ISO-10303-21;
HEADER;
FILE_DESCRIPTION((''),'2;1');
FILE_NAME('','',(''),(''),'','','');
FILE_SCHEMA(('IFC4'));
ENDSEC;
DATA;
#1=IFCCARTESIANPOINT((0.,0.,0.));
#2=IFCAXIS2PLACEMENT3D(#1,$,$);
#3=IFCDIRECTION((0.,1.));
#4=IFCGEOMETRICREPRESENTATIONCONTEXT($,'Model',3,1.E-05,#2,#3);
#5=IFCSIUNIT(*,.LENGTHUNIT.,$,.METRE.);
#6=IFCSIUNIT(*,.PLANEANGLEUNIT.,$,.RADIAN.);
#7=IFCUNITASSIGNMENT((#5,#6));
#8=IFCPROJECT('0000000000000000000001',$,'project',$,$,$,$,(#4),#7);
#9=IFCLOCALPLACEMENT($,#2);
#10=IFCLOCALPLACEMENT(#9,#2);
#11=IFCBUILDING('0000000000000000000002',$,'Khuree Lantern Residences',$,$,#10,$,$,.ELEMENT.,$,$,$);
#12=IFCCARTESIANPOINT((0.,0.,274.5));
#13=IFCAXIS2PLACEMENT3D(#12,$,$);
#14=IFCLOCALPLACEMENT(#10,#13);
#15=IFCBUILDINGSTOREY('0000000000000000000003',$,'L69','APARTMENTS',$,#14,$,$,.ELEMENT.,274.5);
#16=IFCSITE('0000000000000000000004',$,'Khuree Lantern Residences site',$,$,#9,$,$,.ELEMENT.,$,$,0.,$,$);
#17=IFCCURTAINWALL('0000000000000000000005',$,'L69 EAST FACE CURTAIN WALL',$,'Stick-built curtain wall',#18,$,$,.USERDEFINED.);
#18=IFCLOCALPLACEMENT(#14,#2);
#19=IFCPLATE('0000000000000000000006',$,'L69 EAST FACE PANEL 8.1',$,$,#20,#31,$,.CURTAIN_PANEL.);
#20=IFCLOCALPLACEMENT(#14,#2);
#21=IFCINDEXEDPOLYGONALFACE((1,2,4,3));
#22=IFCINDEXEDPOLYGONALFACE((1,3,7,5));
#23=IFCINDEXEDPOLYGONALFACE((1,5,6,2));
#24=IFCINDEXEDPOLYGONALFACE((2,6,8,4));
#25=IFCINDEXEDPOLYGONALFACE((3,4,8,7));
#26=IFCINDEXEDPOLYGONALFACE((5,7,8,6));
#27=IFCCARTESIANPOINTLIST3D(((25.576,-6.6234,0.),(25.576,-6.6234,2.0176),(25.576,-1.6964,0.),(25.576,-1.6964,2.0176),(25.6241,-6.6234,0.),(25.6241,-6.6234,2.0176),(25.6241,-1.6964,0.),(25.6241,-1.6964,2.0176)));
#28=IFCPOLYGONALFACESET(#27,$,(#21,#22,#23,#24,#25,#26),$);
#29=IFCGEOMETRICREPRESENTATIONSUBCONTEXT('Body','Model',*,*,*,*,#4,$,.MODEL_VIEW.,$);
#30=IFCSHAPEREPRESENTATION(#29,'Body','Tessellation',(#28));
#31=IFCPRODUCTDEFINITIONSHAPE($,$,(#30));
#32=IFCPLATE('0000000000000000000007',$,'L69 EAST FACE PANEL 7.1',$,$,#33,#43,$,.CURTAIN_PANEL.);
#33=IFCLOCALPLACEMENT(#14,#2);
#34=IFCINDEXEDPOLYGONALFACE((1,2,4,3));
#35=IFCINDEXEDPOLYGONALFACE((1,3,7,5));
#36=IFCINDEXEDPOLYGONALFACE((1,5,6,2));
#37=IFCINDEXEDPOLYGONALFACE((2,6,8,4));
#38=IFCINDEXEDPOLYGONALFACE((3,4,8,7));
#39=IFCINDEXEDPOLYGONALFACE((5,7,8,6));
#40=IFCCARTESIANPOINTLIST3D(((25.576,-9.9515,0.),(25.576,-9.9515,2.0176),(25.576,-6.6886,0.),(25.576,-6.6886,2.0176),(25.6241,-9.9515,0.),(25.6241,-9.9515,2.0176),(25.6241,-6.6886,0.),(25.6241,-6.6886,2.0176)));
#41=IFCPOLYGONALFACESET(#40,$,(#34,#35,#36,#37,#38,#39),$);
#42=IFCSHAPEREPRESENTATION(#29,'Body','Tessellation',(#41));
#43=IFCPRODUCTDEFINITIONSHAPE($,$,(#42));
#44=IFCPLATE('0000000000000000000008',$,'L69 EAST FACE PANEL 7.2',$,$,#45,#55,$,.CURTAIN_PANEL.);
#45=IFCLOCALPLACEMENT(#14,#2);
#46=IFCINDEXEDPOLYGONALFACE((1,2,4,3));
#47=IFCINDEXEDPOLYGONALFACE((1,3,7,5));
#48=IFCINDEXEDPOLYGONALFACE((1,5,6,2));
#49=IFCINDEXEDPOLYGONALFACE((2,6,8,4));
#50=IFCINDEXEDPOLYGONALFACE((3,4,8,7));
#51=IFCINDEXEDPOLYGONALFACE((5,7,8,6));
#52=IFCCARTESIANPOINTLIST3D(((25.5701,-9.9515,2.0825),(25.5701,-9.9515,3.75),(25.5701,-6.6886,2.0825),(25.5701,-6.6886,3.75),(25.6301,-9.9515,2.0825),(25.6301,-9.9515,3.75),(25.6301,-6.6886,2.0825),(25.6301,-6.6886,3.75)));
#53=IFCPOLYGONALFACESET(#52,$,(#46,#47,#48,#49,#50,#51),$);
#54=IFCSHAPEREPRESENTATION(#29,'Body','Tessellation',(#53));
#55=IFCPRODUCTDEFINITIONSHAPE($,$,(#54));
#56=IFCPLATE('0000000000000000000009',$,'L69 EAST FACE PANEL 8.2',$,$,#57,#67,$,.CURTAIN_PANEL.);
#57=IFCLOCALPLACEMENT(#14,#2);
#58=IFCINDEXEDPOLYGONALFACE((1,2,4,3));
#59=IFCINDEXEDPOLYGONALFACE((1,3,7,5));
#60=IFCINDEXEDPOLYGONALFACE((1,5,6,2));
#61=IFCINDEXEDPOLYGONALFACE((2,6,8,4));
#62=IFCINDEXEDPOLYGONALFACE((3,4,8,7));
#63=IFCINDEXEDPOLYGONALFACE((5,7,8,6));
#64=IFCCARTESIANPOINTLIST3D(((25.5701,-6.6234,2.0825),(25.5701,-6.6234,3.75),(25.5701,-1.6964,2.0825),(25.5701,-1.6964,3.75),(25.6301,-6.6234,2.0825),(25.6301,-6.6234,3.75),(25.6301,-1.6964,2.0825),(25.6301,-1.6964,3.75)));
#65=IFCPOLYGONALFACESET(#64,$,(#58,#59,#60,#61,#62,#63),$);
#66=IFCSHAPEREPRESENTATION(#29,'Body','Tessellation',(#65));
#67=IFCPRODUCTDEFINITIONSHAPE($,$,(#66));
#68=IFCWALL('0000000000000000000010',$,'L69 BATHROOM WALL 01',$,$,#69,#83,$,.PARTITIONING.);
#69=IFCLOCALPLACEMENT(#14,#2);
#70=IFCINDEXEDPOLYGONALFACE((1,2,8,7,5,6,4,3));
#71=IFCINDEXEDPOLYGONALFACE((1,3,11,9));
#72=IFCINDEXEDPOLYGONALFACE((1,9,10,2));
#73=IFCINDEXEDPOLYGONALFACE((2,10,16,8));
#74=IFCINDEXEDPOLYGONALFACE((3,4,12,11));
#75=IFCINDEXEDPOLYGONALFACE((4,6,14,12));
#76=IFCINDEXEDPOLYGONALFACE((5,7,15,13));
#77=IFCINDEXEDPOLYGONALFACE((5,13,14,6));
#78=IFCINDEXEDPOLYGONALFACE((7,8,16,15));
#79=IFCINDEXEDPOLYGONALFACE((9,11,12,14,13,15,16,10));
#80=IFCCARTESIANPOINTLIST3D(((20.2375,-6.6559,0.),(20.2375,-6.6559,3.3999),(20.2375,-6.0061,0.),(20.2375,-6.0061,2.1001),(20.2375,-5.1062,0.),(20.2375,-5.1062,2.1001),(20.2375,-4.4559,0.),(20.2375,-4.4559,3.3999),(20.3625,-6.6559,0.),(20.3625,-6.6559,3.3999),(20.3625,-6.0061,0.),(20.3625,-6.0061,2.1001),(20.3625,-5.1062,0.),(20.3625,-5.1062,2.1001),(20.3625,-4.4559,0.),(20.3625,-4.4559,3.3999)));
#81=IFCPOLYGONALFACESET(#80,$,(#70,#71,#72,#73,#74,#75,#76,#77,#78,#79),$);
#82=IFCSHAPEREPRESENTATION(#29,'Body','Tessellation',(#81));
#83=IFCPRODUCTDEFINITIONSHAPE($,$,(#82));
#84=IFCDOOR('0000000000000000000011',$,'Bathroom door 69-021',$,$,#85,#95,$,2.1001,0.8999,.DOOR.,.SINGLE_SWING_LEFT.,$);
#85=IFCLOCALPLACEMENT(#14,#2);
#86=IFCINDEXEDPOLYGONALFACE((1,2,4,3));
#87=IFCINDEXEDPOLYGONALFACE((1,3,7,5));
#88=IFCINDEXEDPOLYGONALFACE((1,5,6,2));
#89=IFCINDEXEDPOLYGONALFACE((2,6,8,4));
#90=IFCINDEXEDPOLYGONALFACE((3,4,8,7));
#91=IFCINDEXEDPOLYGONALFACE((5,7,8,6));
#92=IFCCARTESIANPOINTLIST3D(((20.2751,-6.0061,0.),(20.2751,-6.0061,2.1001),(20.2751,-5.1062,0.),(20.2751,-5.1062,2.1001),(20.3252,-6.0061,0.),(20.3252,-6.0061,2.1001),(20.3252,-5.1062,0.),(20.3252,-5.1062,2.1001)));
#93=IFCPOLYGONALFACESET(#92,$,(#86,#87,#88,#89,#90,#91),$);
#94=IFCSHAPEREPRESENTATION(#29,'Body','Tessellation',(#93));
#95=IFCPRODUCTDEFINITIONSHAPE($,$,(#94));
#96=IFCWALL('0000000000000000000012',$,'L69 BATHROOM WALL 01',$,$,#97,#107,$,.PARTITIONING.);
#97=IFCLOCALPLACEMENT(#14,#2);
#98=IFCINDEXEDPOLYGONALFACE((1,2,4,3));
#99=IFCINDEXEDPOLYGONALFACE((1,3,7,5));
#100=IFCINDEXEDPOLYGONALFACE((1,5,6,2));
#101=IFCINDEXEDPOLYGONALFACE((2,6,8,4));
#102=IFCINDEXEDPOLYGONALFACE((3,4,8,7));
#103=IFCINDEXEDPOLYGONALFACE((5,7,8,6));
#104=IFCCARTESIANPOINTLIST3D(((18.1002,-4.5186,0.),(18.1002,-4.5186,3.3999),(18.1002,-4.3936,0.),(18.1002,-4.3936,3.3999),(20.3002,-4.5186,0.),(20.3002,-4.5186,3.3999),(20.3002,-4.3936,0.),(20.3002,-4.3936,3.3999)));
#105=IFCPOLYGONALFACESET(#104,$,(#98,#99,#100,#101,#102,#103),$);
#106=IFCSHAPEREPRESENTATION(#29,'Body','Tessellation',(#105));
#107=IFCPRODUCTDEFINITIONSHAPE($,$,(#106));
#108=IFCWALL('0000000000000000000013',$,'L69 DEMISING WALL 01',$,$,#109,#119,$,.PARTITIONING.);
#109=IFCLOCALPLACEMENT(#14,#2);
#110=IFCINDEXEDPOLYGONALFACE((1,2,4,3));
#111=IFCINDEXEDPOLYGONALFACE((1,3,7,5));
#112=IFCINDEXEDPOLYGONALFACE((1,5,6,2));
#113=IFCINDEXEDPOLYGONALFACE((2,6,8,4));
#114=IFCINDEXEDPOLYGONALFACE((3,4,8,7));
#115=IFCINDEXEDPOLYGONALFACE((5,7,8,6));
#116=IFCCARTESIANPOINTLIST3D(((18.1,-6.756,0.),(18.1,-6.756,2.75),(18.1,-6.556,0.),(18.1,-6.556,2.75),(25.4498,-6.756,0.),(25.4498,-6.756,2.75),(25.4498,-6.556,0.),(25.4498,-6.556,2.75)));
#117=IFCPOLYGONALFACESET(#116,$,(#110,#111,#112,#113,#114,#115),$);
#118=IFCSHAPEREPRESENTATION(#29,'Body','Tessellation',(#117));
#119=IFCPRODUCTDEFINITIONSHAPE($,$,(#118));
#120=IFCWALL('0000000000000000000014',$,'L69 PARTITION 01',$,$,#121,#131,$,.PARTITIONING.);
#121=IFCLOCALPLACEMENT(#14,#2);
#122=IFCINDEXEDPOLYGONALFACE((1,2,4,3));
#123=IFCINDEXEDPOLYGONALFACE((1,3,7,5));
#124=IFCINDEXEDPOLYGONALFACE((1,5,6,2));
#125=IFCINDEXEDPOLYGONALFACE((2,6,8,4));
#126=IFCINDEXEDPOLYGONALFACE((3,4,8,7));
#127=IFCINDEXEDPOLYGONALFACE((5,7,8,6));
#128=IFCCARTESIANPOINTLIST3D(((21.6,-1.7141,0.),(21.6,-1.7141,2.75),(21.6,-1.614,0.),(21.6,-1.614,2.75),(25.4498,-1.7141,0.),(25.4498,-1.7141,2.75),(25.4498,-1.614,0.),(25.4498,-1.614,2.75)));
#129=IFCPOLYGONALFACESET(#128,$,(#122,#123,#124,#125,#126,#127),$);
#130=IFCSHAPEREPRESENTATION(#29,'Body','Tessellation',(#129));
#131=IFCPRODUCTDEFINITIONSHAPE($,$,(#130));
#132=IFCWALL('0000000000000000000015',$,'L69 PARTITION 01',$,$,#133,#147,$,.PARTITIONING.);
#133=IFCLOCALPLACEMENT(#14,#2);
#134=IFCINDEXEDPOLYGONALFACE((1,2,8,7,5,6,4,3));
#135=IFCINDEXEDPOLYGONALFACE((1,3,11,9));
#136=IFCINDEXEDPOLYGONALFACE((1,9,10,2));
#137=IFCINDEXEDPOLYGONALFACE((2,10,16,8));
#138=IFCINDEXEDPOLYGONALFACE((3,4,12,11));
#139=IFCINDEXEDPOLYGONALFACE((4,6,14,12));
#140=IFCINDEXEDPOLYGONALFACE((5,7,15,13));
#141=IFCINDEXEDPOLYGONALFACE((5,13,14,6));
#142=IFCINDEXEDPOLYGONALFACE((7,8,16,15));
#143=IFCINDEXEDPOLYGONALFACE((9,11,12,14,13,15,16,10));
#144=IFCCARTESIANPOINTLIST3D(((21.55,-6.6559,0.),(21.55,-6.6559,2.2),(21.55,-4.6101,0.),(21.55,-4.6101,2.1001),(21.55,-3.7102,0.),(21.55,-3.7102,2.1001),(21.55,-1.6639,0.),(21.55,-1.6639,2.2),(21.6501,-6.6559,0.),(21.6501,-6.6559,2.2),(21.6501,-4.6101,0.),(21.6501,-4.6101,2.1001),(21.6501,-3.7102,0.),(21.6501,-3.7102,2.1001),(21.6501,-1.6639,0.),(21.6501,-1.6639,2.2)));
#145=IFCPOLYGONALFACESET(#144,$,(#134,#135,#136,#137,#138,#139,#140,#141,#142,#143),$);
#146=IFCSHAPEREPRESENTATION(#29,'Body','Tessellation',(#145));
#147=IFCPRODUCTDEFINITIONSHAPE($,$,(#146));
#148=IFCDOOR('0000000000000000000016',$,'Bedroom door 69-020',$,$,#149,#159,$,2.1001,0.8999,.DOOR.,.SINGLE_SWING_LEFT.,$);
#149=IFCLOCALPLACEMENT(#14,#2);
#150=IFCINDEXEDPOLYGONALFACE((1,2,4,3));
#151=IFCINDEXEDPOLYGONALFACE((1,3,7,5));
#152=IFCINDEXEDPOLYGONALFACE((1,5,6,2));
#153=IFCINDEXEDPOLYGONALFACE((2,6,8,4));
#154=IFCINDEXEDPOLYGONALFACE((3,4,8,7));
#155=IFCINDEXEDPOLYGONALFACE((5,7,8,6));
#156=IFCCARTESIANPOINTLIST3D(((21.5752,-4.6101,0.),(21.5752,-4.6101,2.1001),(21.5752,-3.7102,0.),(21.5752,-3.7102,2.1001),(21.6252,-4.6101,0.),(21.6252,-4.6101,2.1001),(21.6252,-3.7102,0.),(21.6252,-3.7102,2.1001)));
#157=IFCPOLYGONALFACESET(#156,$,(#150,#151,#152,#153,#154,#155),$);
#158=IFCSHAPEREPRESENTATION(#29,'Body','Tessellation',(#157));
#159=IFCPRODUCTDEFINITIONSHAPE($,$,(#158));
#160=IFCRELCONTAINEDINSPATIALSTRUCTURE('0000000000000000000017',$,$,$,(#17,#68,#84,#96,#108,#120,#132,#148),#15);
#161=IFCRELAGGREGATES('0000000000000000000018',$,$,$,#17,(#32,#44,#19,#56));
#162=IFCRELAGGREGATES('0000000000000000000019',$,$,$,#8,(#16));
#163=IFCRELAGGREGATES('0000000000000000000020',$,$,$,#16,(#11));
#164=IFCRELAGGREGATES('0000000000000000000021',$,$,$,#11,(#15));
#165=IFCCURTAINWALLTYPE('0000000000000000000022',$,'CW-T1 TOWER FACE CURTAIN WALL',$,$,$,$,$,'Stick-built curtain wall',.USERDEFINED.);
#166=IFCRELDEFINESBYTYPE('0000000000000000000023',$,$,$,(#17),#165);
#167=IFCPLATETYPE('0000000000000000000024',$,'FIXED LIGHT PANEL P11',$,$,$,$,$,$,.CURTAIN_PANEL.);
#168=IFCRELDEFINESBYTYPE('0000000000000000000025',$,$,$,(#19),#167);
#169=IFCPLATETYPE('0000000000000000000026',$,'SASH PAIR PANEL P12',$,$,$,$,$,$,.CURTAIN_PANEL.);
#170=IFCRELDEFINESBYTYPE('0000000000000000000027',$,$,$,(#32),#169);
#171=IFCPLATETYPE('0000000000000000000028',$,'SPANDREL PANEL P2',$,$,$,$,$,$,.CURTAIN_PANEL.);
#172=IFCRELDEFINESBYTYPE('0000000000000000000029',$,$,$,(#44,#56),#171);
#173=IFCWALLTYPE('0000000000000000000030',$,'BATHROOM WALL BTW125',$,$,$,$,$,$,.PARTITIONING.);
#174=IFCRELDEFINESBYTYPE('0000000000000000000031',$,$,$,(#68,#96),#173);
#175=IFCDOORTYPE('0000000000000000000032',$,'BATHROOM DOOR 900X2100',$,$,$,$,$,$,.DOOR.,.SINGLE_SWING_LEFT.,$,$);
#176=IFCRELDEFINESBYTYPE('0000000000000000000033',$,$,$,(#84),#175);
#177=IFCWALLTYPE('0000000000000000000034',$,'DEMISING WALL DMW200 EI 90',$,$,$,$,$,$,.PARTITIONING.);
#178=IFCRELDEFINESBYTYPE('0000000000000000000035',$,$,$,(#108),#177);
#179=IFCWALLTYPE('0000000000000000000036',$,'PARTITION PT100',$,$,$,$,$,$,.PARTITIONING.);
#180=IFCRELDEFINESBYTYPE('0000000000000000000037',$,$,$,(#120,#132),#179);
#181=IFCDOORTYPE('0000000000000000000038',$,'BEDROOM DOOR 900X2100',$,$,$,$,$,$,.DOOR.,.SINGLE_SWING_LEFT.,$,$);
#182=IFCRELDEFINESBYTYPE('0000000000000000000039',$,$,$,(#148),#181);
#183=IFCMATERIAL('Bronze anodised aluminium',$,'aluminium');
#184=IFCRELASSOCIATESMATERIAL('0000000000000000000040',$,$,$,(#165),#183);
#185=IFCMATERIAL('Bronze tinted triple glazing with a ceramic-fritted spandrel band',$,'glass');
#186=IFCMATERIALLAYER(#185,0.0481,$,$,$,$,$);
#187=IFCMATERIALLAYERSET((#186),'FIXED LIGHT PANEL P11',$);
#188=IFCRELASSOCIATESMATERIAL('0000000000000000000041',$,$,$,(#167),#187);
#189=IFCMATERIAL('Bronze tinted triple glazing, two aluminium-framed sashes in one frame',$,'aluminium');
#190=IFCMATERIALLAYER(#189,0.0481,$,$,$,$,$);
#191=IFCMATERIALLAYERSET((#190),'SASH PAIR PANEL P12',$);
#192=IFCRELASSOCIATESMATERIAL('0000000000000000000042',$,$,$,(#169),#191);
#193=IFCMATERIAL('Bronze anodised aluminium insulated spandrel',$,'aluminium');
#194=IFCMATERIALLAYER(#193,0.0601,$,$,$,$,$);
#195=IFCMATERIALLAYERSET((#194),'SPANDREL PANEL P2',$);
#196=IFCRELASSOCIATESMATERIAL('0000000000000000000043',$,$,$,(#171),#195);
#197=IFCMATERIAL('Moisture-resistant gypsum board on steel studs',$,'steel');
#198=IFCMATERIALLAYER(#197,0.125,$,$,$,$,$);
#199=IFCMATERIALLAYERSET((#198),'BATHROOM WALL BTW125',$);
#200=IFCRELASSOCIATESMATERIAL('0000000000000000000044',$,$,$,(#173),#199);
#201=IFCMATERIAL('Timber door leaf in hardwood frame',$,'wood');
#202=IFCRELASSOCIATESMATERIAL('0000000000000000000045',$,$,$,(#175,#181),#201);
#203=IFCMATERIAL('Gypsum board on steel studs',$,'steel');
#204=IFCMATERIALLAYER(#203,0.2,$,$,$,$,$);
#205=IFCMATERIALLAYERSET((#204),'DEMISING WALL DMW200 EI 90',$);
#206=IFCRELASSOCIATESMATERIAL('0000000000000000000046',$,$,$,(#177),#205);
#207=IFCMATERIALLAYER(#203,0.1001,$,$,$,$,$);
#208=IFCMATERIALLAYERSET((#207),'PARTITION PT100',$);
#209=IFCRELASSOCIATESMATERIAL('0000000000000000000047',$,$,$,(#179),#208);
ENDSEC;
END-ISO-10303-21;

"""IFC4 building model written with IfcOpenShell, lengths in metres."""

from ifc_helpers import new_model, si_unit, direction, frame, frame_2d, origin, origin_2d, place, context, subcontext, project, spatial, rectangle, extrude, material, layer, layer_set, type_object, element, fill, aggregate, save


model = new_model("IFC4")

# Units and contexts
model_context = context("Model", 3, precision=1e-05, world=origin(), true_north=direction((0.0, 1.0)))
body_context = subcontext(model_context, "Body", "Model", "MODEL_VIEW")
ifc_project = project(units=[si_unit("LENGTHUNIT", "METRE"), si_unit("PLANEANGLEUNIT", "RADIAN")], contexts=[model_context])

# Site, building, storey
site_placement = place(None, origin())
site = spatial("IfcSite", under=ifc_project, at=site_placement, Name="Khuree Lantern Residences site", CompositionType="ELEMENT", RefElevation=0.0)
building_placement = place(site_placement, origin())
building = spatial("IfcBuilding", under=site, at=building_placement, Name="Khuree Lantern Residences", CompositionType="ELEMENT")
storey_placement = place(building_placement, frame((0.0, 0.0, 274.5)))
storey = spatial("IfcBuildingStorey", under=building, at=storey_placement, Name="L69", Description="APARTMENTS", CompositionType="ELEMENT", Elevation=274.5)

# Curtain wall, plates
ifc_material_1 = material(Name="Bronze anodised aluminium", Category="aluminium")
curtain_wall_type = type_object("IfcCurtainWallType", Name="CW-T1 TOWER FACE CURTAIN WALL", ElementType="Stick-built curtain wall", PredefinedType="USERDEFINED", material=ifc_material_1)
curtain_wall_placement = place(storey_placement, origin())
curtain_wall = element("IfcCurtainWall", 1, at=curtain_wall_placement, inside=storey, type_object=curtain_wall_type, Name="L69 EAST FACE CURTAIN WALL", ObjectType="Stick-built curtain wall", PredefinedType="USERDEFINED")
ifc_material_2 = material(Name="Bronze tinted triple glazing with a ceramic-fritted spandrel band", Category="glass")
ifc_layer_1 = layer(ifc_material_2, 0.0481)
ifc_layer_set_1 = layer_set([ifc_layer_1], Name="FIXED LIGHT PANEL P11")
plate_type_1 = type_object("IfcPlateType", Name="FIXED LIGHT PANEL P11", PredefinedType="CURTAIN_PANEL", material=ifc_layer_set_1)
plate_1_placement = place(storey_placement, frame((25.6001, -4.1599, 0.0), z_axis=(0.0, 0.0, 1.0), x_axis=(0.0, 1.0, 0.0)))
plate_1 = element("IfcPlate", 2, at=plate_1_placement, type_object=plate_type_1, Name="L69 EAST FACE PANEL 8.1", PredefinedType="CURTAIN_PANEL", context=body_context, shape_type="SweptSolid", body=[
    extrude(rectangle(XDim=4.927, YDim=0.0481, at=origin_2d()), origin(), (0.0, 0.0, 1.0), 2.0176),
])
ifc_material_3 = material(Name="Bronze tinted triple glazing, two aluminium-framed sashes in one frame", Category="aluminium")
ifc_layer_2 = layer(ifc_material_3, 0.0481)
ifc_layer_set_2 = layer_set([ifc_layer_2], Name="SASH PAIR PANEL P12")
plate_type_2 = type_object("IfcPlateType", Name="SASH PAIR PANEL P12", PredefinedType="CURTAIN_PANEL", material=ifc_layer_set_2)
plate_2_placement = place(storey_placement, frame((25.6001, -8.3201, 0.0), z_axis=(0.0, 0.0, 1.0), x_axis=(0.0, 1.0, 0.0)))
plate_2 = element("IfcPlate", 3, at=plate_2_placement, type_object=plate_type_2, Name="L69 EAST FACE PANEL 7.1", PredefinedType="CURTAIN_PANEL", context=body_context, shape_type="SweptSolid", body=[
    extrude(rectangle(XDim=3.2629, YDim=0.0481, at=origin_2d()), origin(), (0.0, 0.0, 1.0), 2.0176),
])
ifc_material_4 = material(Name="Bronze anodised aluminium insulated spandrel", Category="aluminium")
ifc_layer_3 = layer(ifc_material_4, 0.0601)
ifc_layer_set_3 = layer_set([ifc_layer_3], Name="SPANDREL PANEL P2")
plate_type_3 = type_object("IfcPlateType", Name="SPANDREL PANEL P2", PredefinedType="CURTAIN_PANEL", material=ifc_layer_set_3)
plate_3_placement = place(storey_placement, frame((25.6001, -8.3201, 2.0825), z_axis=(0.0, 0.0, 1.0), x_axis=(0.0, 1.0, 0.0)))
plate_3 = element("IfcPlate", 4, at=plate_3_placement, type_object=plate_type_3, Name="L69 EAST FACE PANEL 7.2", PredefinedType="CURTAIN_PANEL", context=body_context, shape_type="SweptSolid", body=[
    extrude(rectangle(XDim=3.2629, YDim=0.0601, at=origin_2d()), origin(), (0.0, 0.0, 1.0), 1.6675),
])
plate_4_placement = place(storey_placement, frame((25.6001, -4.1599, 2.0825), z_axis=(0.0, 0.0, 1.0), x_axis=(0.0, 1.0, 0.0)))
plate_4 = element("IfcPlate", 5, at=plate_4_placement, type_object=plate_type_3, Name="L69 EAST FACE PANEL 8.2", PredefinedType="CURTAIN_PANEL", context=body_context, shape_type="SweptSolid", body=[
    extrude(rectangle(XDim=4.927, YDim=0.0601, at=origin_2d()), origin(), (0.0, 0.0, 1.0), 1.6675),
])
aggregate(curtain_wall, [plate_2, plate_3, plate_1, plate_4])

# Wall, opening, door
ifc_material_5 = material(Name="Moisture-resistant gypsum board on steel studs", Category="steel")
ifc_layer_4 = layer(ifc_material_5, 0.125)
ifc_layer_set_4 = layer_set([ifc_layer_4], Name="BATHROOM WALL BTW125")
wall_type_1 = type_object("IfcWallType", Name="BATHROOM WALL BTW125", PredefinedType="PARTITIONING", material=ifc_layer_set_4)
wall_1_placement = place(storey_placement, frame((20.3, -6.656, 0.0), z_axis=(0.0, 0.0, 1.0), x_axis=(0.0, 1.0, 0.0)))
wall_1 = element("IfcWall", 6, at=wall_1_placement, inside=storey, type_object=wall_type_1, Name="L69 BATHROOM WALL 01", PredefinedType="PARTITIONING", context=body_context, shape_type="SweptSolid", body=[
    extrude(rectangle(XDim=2.2, YDim=0.125, at=frame_2d((1.1001, 0.0))), origin(), (0.0, 0.0, 1.0), 3.3999),
])
opening_1_placement = place(wall_1_placement, frame((0.6499, 0.0, 0.0)))
opening_1 = element("IfcOpeningElement", 7, at=opening_1_placement, cuts=wall_1, PredefinedType="OPENING", context=body_context, shape_type="SweptSolid", body=[
    extrude(rectangle(XDim=0.8999, YDim=2.1001, at=frame_2d((0.45, 1.05))), frame((0.0, 0.0725, 0.0), z_axis=(0.0, -1.0, 0.0), x_axis=(1.0, 0.0, 0.0)), (0.0, 0.0, 1.0), 0.145),
])
ifc_material_6 = material(Name="Timber door leaf in hardwood frame", Category="wood")
door_type_1 = type_object("IfcDoorType", Name="BATHROOM DOOR 900X2100", OperationType="SINGLE_SWING_LEFT", PredefinedType="DOOR", material=ifc_material_6)
door_1_placement = place(opening_1_placement, origin())
door_1 = element("IfcDoor", 8, at=door_1_placement, inside=storey, type_object=door_type_1, Name="Bathroom door 69-021", OperationType="SINGLE_SWING_LEFT", OverallHeight=2.1001, OverallWidth=0.8999, PredefinedType="DOOR", context=body_context, shape_type="SweptSolid", body=[
    extrude(rectangle(XDim=0.8999, YDim=2.1001, at=frame_2d((0.45, 1.05))), frame((0.0, 0.0249, 0.0), z_axis=(0.0, -1.0, 0.0), x_axis=(1.0, 0.0, 0.0)), (0.0, 0.0, 1.0), 0.05),
])
fill(opening_1, door_1)

# Walls
wall_2_placement = place(storey_placement, frame((18.1001, -4.4561, 0.0), z_axis=(0.0, 0.0, 1.0), x_axis=(1.0, 0.0, 0.0)))
element("IfcWall", 9, at=wall_2_placement, inside=storey, type_object=wall_type_1, Name="L69 BATHROOM WALL 01", PredefinedType="PARTITIONING", context=body_context, shape_type="SweptSolid", body=[
    extrude(rectangle(XDim=2.2, YDim=0.125, at=frame_2d((1.1001, 0.0))), origin(), (0.0, 0.0, 1.0), 3.3999),
])
ifc_material_7 = material(Name="Gypsum board on steel studs", Category="steel")
ifc_layer_5 = layer(ifc_material_7, 0.2)
ifc_layer_set_5 = layer_set([ifc_layer_5], Name="DEMISING WALL DMW200 EI 90")
wall_type_2 = type_object("IfcWallType", Name="DEMISING WALL DMW200 EI 90", PredefinedType="PARTITIONING", material=ifc_layer_set_5)
wall_3_placement = place(storey_placement, frame((18.1001, -6.656, 0.0), z_axis=(0.0, 0.0, 1.0), x_axis=(1.0, 0.0, 0.0)))
element("IfcWall", 10, at=wall_3_placement, inside=storey, type_object=wall_type_2, Name="L69 DEMISING WALL 01", PredefinedType="PARTITIONING", context=body_context, shape_type="SweptSolid", body=[
    extrude(rectangle(XDim=7.3499, YDim=0.2, at=frame_2d((3.6748, 0.0))), origin(), (0.0, 0.0, 1.0), 2.75),
])
ifc_layer_6 = layer(ifc_material_7, 0.1001)
ifc_layer_set_6 = layer_set([ifc_layer_6], Name="PARTITION PT100")
wall_type_3 = type_object("IfcWallType", Name="PARTITION PT100", PredefinedType="PARTITIONING", material=ifc_layer_set_6)
wall_4_placement = place(storey_placement, frame((21.6001, -1.6641, 0.0), z_axis=(0.0, 0.0, 1.0), x_axis=(1.0, 0.0, 0.0)))
element("IfcWall", 11, at=wall_4_placement, inside=storey, type_object=wall_type_3, Name="L69 PARTITION 01", PredefinedType="PARTITIONING", context=body_context, shape_type="SweptSolid", body=[
    extrude(rectangle(XDim=3.8499, YDim=0.1001, at=frame_2d((1.9248, 0.0))), origin(), (0.0, 0.0, 1.0), 2.75),
])

# Wall, opening, door
wall_5_placement = place(storey_placement, frame((21.6001, -6.656, 0.0), z_axis=(0.0, 0.0, 1.0), x_axis=(0.0, 1.0, 0.0)))
wall_5 = element("IfcWall", 12, at=wall_5_placement, inside=storey, type_object=wall_type_3, Name="L69 PARTITION 01", PredefinedType="PARTITIONING", context=body_context, shape_type="SweptSolid", body=[
    extrude(rectangle(XDim=4.9919, YDim=0.1001, at=frame_2d((2.4961, 0.0))), origin(), (0.0, 0.0, 1.0), 2.2),
])
opening_2_placement = place(wall_5_placement, frame((2.0459, 0.0, 0.0)))
opening_2 = element("IfcOpeningElement", 13, at=opening_2_placement, cuts=wall_5, PredefinedType="OPENING", context=body_context, shape_type="SweptSolid", body=[
    extrude(rectangle(XDim=0.8999, YDim=2.1001, at=frame_2d((0.45, 1.05))), frame((0.0, 0.0601, 0.0), z_axis=(0.0, -1.0, 0.0), x_axis=(1.0, 0.0, 0.0)), (0.0, 0.0, 1.0), 0.1201),
])
door_type_2 = type_object("IfcDoorType", Name="BEDROOM DOOR 900X2100", OperationType="SINGLE_SWING_LEFT", PredefinedType="DOOR", material=ifc_material_6)
door_2_placement = place(opening_2_placement, origin())
door_2 = element("IfcDoor", 14, at=door_2_placement, inside=storey, type_object=door_type_2, Name="Bedroom door 69-020", OperationType="SINGLE_SWING_LEFT", OverallHeight=2.1001, OverallWidth=0.8999, PredefinedType="DOOR", context=body_context, shape_type="SweptSolid", body=[
    extrude(rectangle(XDim=0.8999, YDim=2.1001, at=frame_2d((0.45, 1.05))), frame((0.0, 0.0249, 0.0), z_axis=(0.0, -1.0, 0.0), x_axis=(1.0, 0.0, 0.0)), (0.0, 0.0, 1.0), 0.05),
])
fill(opening_2, door_2)

save(model, "model.ifc")
